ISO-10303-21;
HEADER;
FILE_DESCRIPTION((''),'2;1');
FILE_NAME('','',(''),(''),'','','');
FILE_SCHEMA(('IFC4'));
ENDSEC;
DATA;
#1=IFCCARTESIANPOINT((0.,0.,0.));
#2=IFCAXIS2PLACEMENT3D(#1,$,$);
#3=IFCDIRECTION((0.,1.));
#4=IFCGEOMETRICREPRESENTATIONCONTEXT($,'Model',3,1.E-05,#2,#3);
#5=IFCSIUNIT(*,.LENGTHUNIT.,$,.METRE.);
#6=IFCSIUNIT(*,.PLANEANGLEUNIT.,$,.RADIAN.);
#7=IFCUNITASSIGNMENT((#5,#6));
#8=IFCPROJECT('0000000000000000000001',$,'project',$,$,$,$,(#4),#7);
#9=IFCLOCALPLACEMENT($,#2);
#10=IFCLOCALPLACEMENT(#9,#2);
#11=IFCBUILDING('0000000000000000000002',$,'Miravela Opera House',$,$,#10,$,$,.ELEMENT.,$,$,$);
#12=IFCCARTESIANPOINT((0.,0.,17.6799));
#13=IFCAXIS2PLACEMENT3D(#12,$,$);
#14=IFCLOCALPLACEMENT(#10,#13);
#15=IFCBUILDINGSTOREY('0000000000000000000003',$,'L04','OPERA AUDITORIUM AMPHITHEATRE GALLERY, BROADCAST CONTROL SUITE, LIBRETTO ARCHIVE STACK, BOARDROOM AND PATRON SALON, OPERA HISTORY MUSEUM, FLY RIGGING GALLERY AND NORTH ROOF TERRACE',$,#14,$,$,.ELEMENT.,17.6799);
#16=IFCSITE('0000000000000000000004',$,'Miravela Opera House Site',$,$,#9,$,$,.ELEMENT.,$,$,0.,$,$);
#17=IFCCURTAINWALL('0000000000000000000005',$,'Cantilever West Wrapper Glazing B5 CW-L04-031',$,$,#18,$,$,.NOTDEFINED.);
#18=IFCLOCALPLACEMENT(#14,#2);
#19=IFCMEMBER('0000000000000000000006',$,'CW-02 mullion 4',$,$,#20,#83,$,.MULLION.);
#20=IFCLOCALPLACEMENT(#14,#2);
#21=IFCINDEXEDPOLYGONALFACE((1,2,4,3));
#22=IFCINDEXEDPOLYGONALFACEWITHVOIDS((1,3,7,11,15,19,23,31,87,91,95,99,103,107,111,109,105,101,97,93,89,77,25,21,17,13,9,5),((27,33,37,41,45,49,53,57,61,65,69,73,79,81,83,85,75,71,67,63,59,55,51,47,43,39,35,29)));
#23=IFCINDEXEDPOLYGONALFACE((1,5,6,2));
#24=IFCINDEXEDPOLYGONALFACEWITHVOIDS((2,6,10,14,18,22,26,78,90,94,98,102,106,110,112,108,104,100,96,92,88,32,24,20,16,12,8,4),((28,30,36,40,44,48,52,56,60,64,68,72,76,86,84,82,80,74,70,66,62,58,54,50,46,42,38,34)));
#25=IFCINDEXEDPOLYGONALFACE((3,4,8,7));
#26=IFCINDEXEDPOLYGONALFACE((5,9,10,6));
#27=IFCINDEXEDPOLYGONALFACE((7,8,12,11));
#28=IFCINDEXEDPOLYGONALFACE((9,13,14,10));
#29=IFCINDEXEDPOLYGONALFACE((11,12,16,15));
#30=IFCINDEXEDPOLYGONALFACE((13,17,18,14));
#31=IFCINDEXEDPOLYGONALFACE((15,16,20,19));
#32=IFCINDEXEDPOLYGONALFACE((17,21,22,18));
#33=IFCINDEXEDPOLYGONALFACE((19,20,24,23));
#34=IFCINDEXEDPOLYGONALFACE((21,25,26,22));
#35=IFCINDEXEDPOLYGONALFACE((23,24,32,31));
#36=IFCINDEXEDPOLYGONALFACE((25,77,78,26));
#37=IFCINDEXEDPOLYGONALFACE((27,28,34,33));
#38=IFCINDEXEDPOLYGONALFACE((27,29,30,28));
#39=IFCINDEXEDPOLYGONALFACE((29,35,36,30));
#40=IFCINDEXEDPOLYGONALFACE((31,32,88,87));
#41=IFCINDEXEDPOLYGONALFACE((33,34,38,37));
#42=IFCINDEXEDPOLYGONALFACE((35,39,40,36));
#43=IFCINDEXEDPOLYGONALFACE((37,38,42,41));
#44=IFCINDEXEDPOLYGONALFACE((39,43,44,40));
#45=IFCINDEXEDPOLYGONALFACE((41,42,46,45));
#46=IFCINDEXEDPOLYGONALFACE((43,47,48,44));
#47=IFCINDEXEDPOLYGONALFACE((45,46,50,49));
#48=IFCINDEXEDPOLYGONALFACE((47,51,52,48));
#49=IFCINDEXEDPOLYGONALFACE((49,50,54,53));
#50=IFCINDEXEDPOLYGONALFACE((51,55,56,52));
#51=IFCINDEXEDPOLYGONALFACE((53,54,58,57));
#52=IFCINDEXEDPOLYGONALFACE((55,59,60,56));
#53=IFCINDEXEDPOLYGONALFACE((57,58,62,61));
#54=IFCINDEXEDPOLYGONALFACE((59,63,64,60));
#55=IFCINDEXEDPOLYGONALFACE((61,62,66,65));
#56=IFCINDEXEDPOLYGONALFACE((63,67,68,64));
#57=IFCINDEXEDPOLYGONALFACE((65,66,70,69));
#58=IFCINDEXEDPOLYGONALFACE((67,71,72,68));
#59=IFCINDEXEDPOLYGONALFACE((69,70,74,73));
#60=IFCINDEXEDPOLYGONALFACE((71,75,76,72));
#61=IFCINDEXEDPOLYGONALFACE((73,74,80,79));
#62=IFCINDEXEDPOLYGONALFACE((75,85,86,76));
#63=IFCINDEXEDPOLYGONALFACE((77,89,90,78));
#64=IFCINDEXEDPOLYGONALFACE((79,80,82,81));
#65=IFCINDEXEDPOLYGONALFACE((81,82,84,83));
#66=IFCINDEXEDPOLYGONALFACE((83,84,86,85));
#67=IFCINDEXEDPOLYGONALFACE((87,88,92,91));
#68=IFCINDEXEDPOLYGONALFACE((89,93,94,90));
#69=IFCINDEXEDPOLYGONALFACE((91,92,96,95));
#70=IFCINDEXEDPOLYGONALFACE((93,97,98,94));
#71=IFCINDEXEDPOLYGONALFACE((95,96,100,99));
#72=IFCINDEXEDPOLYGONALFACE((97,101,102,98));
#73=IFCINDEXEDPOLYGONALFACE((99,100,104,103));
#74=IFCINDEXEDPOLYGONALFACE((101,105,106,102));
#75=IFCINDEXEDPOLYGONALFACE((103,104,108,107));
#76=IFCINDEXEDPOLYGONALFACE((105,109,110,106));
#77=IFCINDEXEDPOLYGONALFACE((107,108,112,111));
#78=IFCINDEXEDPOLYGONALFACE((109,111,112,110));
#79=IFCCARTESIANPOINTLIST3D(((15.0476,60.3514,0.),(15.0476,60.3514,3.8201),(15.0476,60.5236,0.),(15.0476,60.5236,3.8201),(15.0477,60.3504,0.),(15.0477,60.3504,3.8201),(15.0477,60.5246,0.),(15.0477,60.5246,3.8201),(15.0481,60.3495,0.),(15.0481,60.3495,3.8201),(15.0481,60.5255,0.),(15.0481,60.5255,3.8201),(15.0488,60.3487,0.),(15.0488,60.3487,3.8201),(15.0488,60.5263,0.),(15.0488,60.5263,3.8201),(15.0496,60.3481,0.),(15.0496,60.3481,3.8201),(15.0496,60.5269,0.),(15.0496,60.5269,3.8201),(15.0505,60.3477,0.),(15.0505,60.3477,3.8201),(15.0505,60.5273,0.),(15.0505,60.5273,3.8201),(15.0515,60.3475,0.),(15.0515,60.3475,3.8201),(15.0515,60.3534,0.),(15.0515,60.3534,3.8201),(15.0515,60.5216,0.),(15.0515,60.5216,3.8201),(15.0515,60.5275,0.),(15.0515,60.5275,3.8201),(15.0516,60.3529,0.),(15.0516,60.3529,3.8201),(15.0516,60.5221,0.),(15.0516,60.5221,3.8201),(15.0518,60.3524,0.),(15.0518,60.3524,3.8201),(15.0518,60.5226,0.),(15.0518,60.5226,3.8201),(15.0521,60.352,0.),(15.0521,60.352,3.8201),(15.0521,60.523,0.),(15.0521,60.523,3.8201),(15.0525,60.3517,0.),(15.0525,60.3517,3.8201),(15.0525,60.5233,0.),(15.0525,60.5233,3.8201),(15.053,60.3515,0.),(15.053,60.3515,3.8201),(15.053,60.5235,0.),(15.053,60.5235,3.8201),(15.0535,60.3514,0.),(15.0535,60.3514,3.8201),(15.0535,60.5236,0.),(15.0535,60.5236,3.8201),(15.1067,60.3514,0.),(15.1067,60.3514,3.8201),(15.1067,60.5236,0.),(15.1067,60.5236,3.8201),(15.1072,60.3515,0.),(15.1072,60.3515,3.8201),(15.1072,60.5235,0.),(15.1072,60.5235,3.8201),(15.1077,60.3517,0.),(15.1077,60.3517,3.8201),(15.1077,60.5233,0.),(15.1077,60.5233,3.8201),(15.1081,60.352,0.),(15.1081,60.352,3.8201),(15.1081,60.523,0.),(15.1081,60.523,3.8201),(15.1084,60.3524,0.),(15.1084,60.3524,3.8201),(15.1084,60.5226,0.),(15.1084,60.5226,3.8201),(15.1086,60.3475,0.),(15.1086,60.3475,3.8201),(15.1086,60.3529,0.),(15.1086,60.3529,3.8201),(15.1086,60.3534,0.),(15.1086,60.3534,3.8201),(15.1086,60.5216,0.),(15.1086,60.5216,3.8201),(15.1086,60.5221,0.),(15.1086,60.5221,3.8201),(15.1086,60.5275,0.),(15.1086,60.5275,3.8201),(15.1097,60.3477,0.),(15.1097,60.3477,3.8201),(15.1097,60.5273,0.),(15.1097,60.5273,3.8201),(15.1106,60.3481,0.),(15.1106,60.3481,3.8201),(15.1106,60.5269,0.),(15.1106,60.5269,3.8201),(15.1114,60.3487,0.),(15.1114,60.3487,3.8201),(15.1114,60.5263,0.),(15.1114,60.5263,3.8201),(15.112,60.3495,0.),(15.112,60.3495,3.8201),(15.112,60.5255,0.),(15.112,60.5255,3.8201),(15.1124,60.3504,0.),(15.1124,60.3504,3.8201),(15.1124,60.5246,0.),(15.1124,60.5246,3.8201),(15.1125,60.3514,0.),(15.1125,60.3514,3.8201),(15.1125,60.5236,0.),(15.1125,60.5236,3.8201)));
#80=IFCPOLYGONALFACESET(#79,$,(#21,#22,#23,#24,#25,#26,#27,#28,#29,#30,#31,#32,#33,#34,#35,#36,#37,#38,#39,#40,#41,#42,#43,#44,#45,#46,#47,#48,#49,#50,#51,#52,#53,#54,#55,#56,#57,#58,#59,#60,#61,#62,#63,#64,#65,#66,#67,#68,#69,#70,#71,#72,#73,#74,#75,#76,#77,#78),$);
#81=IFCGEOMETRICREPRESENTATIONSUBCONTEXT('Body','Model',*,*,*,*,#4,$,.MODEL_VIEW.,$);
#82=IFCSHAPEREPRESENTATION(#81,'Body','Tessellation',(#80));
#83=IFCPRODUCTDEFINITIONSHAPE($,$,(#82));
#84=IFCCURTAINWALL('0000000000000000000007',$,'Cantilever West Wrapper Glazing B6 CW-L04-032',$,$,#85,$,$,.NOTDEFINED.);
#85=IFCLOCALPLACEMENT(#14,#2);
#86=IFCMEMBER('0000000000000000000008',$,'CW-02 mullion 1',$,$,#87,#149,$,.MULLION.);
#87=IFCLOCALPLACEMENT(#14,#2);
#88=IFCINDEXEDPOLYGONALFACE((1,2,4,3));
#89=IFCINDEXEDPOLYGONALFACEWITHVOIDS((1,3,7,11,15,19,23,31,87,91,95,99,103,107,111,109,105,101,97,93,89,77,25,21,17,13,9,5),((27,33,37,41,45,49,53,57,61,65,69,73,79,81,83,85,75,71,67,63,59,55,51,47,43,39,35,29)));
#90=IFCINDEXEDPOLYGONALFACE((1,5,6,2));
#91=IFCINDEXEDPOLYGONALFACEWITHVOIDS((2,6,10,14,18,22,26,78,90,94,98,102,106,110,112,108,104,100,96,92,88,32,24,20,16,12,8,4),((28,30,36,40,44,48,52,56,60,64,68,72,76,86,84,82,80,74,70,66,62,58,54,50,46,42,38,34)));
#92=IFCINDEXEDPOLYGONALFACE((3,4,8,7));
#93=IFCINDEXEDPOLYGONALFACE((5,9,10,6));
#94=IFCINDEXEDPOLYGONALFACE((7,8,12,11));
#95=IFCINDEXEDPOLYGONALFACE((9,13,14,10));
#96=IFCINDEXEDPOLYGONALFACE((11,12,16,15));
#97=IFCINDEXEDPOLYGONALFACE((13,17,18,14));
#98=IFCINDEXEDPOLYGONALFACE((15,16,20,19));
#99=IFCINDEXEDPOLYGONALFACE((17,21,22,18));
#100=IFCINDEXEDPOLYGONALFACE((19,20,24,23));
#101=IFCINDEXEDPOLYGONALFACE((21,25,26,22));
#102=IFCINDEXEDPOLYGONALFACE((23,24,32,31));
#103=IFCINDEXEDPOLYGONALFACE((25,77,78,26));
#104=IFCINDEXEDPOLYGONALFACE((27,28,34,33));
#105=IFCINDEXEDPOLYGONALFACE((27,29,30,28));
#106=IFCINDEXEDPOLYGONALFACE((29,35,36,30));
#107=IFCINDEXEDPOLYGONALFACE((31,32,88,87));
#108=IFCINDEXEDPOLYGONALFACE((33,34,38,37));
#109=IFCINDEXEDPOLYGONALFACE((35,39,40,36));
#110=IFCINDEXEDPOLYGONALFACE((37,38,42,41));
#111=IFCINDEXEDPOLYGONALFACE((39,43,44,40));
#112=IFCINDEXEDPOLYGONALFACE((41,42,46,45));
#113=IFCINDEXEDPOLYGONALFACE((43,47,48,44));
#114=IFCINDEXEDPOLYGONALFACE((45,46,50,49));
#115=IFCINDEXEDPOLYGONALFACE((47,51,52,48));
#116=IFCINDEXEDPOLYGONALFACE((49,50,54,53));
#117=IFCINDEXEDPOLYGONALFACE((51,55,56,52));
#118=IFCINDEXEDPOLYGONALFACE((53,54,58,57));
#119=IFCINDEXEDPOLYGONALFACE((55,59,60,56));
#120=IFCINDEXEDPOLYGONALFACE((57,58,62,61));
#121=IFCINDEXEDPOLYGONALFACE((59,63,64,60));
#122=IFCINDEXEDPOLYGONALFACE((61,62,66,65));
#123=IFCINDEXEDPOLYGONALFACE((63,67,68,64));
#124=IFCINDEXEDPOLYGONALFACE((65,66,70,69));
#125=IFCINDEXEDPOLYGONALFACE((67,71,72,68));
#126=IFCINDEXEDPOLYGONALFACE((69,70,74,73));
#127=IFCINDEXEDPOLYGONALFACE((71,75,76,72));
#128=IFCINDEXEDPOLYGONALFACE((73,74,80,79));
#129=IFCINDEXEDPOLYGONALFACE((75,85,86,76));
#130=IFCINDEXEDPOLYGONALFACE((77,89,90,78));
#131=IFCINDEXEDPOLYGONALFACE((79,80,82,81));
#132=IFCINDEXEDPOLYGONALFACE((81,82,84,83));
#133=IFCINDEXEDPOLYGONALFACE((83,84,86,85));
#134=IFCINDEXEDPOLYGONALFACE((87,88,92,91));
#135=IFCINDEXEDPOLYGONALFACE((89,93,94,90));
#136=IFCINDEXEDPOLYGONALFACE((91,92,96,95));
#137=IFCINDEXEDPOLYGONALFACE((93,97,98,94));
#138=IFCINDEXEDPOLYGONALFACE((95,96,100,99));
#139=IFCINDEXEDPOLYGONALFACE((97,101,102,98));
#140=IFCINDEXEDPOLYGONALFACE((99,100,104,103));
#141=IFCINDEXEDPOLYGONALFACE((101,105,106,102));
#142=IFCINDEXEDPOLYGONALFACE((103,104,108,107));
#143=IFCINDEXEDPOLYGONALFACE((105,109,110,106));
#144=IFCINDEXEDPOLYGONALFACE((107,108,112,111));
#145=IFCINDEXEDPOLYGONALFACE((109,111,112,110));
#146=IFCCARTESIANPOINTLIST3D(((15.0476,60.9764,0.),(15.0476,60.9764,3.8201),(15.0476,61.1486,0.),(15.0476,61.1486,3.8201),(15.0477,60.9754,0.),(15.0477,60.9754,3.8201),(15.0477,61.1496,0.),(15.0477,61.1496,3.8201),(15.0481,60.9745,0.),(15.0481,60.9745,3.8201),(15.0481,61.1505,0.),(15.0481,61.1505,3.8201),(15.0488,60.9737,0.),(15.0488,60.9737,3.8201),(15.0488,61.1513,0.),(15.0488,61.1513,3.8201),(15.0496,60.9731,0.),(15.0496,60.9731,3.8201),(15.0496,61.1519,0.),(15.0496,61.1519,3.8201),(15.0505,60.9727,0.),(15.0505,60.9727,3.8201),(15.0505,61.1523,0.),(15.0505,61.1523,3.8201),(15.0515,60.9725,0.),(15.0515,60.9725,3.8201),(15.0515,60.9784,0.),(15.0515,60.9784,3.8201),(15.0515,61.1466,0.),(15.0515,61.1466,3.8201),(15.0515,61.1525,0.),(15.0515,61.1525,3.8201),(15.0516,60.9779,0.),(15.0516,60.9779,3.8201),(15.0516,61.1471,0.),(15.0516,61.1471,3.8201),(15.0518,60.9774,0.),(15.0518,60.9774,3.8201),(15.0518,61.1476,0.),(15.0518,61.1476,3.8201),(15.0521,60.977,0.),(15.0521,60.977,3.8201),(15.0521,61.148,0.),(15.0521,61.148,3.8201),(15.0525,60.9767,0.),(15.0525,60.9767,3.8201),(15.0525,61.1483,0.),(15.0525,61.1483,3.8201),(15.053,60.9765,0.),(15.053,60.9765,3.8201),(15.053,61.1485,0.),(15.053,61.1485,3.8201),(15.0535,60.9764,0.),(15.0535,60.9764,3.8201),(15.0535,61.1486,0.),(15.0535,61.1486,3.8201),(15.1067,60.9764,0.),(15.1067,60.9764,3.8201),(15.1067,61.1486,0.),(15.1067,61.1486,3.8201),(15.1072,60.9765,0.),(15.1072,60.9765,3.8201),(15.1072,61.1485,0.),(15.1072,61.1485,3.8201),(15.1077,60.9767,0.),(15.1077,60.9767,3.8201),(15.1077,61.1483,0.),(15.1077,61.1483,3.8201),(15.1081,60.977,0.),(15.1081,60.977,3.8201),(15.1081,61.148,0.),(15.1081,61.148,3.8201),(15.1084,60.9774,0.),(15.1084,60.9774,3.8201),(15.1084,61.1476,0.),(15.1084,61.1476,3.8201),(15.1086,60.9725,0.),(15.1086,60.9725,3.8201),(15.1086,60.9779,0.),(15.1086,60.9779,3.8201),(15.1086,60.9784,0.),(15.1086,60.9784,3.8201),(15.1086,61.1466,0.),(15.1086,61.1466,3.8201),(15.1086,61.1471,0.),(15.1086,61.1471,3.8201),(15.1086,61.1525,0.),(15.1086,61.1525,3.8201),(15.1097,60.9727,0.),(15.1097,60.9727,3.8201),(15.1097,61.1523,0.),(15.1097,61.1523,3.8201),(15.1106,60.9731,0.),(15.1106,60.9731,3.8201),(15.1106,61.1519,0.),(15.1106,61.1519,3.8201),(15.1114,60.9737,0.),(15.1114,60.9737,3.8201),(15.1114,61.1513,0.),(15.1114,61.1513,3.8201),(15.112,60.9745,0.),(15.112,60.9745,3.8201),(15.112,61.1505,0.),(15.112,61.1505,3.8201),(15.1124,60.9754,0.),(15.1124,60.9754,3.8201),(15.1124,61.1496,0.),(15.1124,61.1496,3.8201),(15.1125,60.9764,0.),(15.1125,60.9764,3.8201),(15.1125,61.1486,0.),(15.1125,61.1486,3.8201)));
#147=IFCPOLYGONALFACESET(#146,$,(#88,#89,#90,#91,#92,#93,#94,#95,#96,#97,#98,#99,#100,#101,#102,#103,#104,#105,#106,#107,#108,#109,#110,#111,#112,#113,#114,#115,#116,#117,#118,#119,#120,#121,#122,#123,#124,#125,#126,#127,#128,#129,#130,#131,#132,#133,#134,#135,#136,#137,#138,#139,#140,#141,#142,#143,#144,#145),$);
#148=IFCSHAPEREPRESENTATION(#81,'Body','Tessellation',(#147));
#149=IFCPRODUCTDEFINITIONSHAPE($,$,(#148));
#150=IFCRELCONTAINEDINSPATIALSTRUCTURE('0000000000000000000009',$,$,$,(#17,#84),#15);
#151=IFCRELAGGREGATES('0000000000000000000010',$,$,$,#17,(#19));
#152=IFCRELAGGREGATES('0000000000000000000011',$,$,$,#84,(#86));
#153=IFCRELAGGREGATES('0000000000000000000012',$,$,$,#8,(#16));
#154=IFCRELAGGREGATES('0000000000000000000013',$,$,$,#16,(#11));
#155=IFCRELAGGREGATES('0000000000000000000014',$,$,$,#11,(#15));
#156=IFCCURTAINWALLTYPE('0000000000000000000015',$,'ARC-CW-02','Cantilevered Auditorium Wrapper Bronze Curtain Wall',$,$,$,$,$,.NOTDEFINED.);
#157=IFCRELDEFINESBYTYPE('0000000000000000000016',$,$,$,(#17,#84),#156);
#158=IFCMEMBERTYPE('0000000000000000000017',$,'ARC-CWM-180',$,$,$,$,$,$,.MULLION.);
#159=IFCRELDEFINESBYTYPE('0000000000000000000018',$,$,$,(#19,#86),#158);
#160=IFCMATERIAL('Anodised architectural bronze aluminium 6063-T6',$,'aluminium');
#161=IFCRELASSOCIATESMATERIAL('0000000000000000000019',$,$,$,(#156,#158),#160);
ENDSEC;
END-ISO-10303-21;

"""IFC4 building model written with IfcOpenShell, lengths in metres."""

from ifc_helpers import new_model, si_unit, direction, frame, origin, origin_2d, place, context, subcontext, project, spatial, hollow_rectangle, extrude, material, material_profile, profile_set, type_object, element, aggregate, save


model = new_model("IFC4")

# Units and contexts
model_context = context("Model", 3, precision=1e-05, world=origin(), true_north=direction((0.0, 1.0)))
body_context = subcontext(model_context, "Body", "Model", "MODEL_VIEW")
ifc_project = project(units=[si_unit("LENGTHUNIT", "METRE"), si_unit("PLANEANGLEUNIT", "RADIAN")], contexts=[model_context])

# Site, building, storey
site_placement = place(None, origin())
site = spatial("IfcSite", under=ifc_project, at=site_placement, Name="Miravela Opera House Site", CompositionType="ELEMENT", RefElevation=0.0)
building_placement = place(site_placement, origin())
building = spatial("IfcBuilding", under=site, at=building_placement, Name="Miravela Opera House", CompositionType="ELEMENT")
storey_placement = place(building_placement, frame((0.0, 0.0, 17.6799)))
storey = spatial("IfcBuildingStorey", under=building, at=storey_placement, Name="L04", Description="OPERA AUDITORIUM AMPHITHEATRE GALLERY, BROADCAST CONTROL SUITE, LIBRETTO ARCHIVE STACK, BOARDROOM AND PATRON SALON, OPERA HISTORY MUSEUM, FLY RIGGING GALLERY AND NORTH ROOF TERRACE", CompositionType="ELEMENT", Elevation=17.6799)

# Curtain wall, member
ifc_material_1 = material(Name="Anodised architectural bronze aluminium 6063-T6", Category="aluminium")
curtain_wall_type = type_object("IfcCurtainWallType", Name="ARC-CW-02", Description="Cantilevered Auditorium Wrapper Bronze Curtain Wall", PredefinedType="NOTDEFINED", material=ifc_material_1)
curtain_wall_1_placement = place(storey_placement, origin())
curtain_wall_1 = element("IfcCurtainWall", 1, at=curtain_wall_1_placement, inside=storey, type_object=curtain_wall_type, Name="Cantilever West Wrapper Glazing B5 CW-L04-031", PredefinedType="NOTDEFINED")
ifc_material_profile_1 = material_profile(ifc_material_1, hollow_rectangle(XDim=0.0649, YDim=0.1799, WallThickness=0.0039, InnerFilletRadius=0.002, OuterFilletRadius=0.0039, at=origin_2d()), Name="CWM-65X180")
ifc_profile_set_1 = profile_set([ifc_material_profile_1])
member_type_1 = type_object("IfcMemberType", Name="ARC-CWM-180", PredefinedType="MULLION", material=ifc_profile_set_1)
member_1_placement = place(storey_placement, frame((15.0801, 60.4375, 0.0), z_axis=(0.0, 0.0, 1.0), x_axis=(-1.0, 0.0, 0.0)))
member_1 = element("IfcMember", 2, at=member_1_placement, type_object=member_type_1, Name="CW-02 mullion 4", PredefinedType="MULLION", context=body_context, shape_type="SweptSolid", body=[
    extrude(hollow_rectangle(XDim=0.0649, YDim=0.1799, WallThickness=0.0039, InnerFilletRadius=0.002, OuterFilletRadius=0.0039, at=origin_2d()), origin(), (0.0, 0.0, 1.0), 3.8201),
])

# Curtain wall, member
curtain_wall_2_placement = place(storey_placement, origin())
curtain_wall_2 = element("IfcCurtainWall", 3, at=curtain_wall_2_placement, inside=storey, type_object=curtain_wall_type, Name="Cantilever West Wrapper Glazing B6 CW-L04-032", PredefinedType="NOTDEFINED")
member_2_placement = place(storey_placement, frame((15.0801, 61.0625, 0.0), z_axis=(0.0, 0.0, 1.0), x_axis=(-1.0, 0.0, 0.0)))
member_2 = element("IfcMember", 4, at=member_2_placement, type_object=member_type_1, Name="CW-02 mullion 1", PredefinedType="MULLION", context=body_context, shape_type="SweptSolid", body=[
    extrude(hollow_rectangle(XDim=0.0649, YDim=0.1799, WallThickness=0.0039, InnerFilletRadius=0.002, OuterFilletRadius=0.0039, at=origin_2d()), origin(), (0.0, 0.0, 1.0), 3.8201),
])

aggregate(curtain_wall_1, [member_1])
aggregate(curtain_wall_2, [member_2])

save(model, "model.ifc")
